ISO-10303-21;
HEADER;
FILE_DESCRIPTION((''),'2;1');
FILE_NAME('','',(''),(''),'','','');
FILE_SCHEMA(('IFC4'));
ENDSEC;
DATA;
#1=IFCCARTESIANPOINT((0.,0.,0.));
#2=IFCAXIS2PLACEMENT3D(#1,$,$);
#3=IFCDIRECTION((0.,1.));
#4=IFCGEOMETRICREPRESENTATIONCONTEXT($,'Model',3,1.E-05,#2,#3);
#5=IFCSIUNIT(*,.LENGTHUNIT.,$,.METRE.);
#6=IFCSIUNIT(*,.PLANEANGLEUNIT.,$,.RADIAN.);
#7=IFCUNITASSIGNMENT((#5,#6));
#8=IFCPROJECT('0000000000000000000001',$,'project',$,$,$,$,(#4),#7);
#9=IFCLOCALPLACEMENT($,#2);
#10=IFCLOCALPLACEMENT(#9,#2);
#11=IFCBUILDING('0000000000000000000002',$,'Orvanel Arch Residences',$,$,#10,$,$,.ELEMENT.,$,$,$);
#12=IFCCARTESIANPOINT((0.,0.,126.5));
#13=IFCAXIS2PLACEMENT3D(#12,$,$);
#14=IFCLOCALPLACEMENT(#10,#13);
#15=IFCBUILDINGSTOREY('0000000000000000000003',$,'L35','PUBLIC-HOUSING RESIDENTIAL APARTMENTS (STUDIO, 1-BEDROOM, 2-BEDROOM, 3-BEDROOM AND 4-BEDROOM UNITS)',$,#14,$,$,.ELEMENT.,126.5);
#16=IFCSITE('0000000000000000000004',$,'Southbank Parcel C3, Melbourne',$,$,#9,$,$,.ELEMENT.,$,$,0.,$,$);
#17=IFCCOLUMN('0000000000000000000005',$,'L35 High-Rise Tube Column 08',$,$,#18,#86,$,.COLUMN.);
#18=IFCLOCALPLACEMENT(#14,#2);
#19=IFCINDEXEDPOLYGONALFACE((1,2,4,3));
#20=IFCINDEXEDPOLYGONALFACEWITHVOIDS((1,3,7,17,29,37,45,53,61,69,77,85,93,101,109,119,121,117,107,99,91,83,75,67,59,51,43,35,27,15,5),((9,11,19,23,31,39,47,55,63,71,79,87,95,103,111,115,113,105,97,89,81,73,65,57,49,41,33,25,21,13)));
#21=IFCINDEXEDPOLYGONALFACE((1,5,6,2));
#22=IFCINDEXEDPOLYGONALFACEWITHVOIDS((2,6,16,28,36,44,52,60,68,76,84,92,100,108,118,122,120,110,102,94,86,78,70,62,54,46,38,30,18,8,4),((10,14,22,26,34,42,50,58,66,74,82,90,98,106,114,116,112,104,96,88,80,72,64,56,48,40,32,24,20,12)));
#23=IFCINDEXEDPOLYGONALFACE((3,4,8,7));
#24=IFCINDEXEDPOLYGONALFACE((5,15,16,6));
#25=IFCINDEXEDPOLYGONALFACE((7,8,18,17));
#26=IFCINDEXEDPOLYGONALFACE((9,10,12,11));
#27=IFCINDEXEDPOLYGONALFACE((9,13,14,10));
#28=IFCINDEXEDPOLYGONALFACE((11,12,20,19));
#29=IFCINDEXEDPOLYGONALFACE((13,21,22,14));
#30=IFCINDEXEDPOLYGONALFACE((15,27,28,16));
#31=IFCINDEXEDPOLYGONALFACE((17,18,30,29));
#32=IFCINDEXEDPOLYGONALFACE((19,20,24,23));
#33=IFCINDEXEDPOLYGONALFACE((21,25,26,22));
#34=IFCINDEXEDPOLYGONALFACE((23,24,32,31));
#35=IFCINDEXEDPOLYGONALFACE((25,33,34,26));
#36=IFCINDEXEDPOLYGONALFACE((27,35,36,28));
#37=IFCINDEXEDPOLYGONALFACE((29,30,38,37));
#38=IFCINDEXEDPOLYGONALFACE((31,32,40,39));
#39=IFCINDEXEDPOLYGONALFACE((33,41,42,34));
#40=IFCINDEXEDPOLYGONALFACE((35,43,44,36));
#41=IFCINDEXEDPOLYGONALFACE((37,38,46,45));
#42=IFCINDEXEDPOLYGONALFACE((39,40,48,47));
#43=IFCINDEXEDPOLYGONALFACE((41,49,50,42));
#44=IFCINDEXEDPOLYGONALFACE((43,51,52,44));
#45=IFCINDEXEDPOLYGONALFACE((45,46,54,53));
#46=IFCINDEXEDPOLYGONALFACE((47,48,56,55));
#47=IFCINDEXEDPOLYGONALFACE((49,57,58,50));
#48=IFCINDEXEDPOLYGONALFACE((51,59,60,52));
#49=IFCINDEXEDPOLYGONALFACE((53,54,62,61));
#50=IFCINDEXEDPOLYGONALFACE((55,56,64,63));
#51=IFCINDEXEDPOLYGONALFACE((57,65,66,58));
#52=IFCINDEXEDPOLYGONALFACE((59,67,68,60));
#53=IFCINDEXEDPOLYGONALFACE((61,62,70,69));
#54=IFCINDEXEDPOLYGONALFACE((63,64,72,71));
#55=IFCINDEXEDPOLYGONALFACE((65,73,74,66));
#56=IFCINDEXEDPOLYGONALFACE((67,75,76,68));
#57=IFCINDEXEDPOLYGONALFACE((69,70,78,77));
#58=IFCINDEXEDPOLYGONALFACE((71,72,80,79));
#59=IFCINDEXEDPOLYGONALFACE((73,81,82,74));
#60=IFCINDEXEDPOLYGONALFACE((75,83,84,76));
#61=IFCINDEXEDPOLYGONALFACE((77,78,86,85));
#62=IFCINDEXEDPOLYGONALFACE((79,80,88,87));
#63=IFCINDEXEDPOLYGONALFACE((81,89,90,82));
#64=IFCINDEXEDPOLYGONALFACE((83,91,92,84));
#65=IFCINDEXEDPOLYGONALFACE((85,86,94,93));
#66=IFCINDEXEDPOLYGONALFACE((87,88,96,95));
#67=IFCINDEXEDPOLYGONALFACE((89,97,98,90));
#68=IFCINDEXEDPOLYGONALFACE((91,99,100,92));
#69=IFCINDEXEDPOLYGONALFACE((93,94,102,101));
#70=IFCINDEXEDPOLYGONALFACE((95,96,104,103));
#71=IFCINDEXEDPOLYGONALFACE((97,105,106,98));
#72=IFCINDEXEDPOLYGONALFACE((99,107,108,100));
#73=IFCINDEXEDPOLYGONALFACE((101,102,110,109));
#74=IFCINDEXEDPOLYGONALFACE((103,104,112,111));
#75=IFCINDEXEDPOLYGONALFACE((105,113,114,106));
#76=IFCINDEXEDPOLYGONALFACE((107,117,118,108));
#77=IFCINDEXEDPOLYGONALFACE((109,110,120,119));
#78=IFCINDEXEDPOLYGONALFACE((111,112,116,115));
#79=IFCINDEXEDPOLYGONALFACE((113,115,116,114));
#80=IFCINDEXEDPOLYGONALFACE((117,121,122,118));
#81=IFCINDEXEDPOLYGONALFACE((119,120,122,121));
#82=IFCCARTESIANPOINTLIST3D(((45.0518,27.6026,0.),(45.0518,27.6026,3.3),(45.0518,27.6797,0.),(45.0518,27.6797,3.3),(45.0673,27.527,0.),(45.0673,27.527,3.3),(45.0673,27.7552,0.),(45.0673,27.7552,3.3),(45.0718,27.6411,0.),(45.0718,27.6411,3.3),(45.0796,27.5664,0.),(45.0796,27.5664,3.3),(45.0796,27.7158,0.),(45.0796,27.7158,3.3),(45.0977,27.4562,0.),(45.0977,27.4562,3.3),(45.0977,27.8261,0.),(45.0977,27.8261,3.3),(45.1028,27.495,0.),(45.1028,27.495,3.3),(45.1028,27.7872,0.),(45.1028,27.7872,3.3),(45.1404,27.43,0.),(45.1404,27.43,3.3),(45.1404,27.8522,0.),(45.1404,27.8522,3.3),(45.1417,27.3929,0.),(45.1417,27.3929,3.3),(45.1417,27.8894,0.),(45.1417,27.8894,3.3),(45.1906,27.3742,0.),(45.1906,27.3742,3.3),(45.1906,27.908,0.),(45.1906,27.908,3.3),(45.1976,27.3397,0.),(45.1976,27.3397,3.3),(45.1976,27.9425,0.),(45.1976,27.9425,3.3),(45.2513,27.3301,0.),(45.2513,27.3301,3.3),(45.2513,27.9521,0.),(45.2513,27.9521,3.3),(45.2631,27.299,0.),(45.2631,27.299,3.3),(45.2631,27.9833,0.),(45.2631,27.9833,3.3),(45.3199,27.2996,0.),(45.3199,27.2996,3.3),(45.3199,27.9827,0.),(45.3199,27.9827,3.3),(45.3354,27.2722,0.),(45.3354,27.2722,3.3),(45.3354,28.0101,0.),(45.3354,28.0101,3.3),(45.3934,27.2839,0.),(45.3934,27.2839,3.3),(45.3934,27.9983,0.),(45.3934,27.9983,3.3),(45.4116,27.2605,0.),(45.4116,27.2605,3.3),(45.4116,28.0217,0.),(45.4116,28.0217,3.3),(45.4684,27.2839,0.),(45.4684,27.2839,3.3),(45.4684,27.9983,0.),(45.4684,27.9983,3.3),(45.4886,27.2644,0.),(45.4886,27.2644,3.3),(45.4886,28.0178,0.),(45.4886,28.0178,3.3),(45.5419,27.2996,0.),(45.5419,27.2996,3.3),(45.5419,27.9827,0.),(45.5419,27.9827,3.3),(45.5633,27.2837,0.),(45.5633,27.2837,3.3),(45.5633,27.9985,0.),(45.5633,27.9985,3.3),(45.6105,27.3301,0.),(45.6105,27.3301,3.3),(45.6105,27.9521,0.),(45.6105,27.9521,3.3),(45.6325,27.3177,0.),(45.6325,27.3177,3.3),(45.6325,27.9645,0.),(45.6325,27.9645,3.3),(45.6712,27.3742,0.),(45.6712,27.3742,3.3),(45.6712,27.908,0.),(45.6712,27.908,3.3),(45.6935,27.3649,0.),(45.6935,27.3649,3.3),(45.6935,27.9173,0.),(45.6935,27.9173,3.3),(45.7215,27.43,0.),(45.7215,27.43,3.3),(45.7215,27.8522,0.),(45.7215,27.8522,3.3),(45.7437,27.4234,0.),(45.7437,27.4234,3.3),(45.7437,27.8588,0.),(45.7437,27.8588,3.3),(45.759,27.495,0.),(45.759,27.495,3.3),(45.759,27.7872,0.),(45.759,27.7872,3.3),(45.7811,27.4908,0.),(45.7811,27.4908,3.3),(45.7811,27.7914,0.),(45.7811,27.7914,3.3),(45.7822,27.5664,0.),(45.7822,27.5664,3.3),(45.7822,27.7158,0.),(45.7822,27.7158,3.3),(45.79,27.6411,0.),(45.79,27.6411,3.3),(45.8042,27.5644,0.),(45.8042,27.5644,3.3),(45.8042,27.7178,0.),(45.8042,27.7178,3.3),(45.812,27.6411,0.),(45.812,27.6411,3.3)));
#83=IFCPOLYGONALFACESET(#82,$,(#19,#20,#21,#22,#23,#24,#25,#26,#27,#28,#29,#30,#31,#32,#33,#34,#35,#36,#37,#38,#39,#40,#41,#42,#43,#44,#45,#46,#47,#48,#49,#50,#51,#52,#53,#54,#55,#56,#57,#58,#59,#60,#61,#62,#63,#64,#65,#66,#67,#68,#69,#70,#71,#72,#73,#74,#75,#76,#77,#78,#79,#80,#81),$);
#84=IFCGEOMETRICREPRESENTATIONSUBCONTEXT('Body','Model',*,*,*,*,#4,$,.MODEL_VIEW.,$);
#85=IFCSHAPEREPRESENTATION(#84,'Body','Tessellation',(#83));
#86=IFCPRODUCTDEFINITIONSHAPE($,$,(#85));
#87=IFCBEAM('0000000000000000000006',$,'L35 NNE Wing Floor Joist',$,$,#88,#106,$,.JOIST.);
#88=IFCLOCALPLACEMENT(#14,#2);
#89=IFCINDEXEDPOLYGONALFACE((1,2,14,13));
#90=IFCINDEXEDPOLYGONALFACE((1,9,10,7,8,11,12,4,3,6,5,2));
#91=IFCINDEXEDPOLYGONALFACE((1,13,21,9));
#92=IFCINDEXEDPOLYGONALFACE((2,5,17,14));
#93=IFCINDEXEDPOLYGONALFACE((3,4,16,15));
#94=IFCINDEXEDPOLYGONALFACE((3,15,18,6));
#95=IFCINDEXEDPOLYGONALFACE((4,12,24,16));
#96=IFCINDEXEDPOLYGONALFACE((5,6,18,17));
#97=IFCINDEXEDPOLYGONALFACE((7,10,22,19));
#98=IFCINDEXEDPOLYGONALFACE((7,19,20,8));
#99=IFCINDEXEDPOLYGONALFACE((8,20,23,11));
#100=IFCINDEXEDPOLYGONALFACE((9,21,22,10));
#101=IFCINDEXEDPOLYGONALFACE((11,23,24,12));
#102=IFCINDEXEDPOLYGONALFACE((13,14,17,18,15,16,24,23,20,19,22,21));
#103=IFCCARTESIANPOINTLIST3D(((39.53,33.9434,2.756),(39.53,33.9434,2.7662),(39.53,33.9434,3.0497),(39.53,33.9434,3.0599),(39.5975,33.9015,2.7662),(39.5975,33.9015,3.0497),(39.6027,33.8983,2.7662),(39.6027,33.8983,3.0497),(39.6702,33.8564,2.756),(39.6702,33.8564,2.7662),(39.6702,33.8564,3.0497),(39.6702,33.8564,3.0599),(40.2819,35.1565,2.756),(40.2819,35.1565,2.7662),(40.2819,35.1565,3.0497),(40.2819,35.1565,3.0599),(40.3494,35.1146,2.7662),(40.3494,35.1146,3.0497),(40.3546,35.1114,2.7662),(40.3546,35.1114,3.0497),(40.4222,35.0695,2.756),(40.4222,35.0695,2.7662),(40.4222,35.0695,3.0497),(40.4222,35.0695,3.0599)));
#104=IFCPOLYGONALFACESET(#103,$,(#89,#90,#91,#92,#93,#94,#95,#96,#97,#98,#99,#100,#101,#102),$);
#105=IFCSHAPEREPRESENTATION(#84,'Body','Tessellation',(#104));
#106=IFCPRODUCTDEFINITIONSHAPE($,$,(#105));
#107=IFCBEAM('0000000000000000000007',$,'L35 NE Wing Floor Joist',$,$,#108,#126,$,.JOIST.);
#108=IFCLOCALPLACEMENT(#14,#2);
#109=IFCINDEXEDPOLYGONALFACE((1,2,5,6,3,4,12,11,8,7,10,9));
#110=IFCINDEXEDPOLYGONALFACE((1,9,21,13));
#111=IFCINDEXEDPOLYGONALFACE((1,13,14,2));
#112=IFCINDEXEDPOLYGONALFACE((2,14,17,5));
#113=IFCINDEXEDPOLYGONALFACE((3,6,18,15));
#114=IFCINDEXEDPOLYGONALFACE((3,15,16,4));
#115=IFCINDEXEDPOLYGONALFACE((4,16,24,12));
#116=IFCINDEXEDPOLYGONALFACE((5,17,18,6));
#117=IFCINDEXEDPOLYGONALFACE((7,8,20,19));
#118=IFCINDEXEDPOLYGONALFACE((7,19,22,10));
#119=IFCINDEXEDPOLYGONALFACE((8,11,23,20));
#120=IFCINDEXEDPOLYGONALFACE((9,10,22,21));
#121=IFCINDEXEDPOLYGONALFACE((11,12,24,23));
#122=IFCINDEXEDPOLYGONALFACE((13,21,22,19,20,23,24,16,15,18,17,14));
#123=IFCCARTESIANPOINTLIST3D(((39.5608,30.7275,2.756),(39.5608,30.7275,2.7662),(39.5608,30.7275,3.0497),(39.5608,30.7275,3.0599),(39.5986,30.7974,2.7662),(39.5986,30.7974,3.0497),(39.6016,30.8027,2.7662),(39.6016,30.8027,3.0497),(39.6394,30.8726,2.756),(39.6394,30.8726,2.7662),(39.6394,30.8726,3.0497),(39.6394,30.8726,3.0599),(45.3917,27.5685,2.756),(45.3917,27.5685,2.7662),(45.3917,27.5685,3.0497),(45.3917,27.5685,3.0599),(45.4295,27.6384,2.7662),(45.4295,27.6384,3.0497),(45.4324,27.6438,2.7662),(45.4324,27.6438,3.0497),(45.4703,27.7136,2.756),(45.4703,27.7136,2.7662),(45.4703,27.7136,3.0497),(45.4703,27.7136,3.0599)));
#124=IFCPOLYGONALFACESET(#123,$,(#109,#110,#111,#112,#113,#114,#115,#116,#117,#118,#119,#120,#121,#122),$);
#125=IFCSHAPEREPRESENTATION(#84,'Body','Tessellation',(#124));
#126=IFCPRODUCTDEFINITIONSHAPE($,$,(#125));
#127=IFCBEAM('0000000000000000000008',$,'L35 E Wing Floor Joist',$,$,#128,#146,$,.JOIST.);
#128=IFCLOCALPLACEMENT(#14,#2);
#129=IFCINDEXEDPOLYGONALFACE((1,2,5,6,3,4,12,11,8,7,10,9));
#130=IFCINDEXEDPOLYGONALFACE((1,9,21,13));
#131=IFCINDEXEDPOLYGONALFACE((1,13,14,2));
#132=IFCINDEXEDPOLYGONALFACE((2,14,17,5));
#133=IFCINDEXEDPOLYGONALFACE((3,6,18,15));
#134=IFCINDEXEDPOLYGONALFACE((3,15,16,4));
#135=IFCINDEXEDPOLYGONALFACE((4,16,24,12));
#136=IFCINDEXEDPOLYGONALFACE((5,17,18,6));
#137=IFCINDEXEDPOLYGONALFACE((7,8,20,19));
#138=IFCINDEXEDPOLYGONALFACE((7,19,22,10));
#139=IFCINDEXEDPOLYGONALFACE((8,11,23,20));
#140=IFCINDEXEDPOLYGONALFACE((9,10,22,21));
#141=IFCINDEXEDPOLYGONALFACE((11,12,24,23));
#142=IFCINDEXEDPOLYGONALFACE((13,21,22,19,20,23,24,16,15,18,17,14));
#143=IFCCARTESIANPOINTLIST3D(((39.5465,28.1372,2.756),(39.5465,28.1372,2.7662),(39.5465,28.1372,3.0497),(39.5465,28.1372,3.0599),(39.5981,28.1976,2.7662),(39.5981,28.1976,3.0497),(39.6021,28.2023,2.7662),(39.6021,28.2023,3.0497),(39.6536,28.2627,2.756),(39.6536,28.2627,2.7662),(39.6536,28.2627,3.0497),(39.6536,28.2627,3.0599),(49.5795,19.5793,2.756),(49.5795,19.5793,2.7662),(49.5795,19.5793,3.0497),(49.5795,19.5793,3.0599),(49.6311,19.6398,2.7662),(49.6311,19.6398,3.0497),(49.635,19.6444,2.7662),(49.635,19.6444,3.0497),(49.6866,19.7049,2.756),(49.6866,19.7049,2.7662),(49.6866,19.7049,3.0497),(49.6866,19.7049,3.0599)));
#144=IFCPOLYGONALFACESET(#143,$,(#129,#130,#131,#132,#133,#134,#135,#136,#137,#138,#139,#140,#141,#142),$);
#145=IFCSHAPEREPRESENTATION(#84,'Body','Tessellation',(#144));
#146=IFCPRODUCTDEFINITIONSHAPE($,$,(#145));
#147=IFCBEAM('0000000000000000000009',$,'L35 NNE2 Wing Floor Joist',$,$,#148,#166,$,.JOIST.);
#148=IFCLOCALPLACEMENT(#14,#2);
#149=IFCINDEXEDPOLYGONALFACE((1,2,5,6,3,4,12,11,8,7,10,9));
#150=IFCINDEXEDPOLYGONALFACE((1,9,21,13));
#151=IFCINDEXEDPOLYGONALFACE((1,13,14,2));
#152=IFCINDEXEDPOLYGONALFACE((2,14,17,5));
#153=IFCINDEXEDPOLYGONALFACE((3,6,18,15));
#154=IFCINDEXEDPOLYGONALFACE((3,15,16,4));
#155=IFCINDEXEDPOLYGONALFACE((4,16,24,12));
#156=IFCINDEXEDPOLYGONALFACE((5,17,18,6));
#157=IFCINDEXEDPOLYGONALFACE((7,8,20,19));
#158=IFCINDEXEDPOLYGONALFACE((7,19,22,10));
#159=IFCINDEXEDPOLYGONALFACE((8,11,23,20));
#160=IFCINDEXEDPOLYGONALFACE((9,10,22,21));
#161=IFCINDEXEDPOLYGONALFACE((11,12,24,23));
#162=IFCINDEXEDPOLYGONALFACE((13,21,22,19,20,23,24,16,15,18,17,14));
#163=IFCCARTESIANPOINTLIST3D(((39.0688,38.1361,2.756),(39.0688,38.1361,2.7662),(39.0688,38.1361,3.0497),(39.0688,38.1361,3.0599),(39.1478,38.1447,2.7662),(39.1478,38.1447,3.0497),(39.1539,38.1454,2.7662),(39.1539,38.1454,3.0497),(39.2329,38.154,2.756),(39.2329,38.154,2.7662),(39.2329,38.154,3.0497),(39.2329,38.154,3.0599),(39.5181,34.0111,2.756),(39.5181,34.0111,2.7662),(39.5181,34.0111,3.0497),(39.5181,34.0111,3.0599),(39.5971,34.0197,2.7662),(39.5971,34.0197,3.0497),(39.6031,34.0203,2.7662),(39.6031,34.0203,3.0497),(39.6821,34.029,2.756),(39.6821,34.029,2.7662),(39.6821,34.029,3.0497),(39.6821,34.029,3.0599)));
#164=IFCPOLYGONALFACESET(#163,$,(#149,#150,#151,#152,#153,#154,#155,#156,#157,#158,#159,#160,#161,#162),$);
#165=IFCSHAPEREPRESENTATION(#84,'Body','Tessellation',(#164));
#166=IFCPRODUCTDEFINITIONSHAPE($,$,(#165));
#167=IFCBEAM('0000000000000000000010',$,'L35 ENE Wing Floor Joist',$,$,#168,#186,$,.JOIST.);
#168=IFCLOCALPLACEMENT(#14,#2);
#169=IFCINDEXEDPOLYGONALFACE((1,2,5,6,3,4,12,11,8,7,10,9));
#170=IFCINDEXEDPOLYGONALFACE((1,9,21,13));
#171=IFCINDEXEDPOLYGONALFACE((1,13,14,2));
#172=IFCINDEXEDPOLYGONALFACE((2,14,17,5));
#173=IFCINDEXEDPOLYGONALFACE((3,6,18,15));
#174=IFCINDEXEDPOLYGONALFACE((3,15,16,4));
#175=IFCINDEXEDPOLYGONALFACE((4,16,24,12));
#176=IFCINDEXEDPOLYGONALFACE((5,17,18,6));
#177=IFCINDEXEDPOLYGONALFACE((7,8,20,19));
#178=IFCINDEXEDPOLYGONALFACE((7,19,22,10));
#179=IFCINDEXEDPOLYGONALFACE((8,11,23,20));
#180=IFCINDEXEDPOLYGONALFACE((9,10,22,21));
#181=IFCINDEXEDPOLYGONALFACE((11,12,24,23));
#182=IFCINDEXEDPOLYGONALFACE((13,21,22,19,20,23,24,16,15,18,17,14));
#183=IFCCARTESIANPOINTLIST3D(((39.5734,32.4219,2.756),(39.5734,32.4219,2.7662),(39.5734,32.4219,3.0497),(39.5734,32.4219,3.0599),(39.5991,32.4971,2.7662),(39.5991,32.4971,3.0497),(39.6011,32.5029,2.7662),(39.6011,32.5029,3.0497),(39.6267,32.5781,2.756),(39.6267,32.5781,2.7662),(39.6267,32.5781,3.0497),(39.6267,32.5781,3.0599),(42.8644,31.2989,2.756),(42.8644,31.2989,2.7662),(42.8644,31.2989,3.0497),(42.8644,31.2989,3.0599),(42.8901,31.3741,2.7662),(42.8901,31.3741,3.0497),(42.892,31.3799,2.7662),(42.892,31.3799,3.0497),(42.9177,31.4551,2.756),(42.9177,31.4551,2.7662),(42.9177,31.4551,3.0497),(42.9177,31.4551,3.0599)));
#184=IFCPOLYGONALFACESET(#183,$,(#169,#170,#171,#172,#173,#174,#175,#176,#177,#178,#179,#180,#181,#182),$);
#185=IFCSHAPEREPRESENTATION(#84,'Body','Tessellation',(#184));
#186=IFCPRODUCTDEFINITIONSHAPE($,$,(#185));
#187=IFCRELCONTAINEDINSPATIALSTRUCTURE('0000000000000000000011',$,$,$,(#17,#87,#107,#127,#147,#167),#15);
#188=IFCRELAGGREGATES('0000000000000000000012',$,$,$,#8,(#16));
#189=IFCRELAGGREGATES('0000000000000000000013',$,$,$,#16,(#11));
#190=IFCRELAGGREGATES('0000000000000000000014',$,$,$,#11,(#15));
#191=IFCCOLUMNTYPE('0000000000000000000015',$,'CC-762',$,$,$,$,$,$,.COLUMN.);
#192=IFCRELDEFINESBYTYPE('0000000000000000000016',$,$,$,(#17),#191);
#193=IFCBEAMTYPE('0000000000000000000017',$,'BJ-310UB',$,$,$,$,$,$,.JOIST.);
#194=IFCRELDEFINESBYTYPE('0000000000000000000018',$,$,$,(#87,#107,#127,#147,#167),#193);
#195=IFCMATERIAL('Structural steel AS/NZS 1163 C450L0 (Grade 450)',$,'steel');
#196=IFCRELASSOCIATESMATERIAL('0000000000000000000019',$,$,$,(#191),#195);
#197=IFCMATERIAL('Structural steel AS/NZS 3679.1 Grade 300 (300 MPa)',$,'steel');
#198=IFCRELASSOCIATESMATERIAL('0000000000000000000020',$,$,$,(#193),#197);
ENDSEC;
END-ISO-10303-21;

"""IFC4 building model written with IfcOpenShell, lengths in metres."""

from ifc_helpers import new_model, si_unit, direction, frame, origin, origin_2d, place, context, subcontext, project, spatial, hollow_circle, i_section, extrude, material, material_profile, profile_set, type_object, element, save


model = new_model("IFC4")

# Units and contexts
model_context = context("Model", 3, precision=1e-05, world=origin(), true_north=direction((0.0, 1.0)))
body_context = subcontext(model_context, "Body", "Model", "MODEL_VIEW")
ifc_project = project(units=[si_unit("LENGTHUNIT", "METRE"), si_unit("PLANEANGLEUNIT", "RADIAN")], contexts=[model_context])

# Site, building, storey
site_placement = place(None, origin())
site = spatial("IfcSite", under=ifc_project, at=site_placement, Name="Southbank Parcel C3, Melbourne", CompositionType="ELEMENT", RefElevation=0.0)
building_placement = place(site_placement, origin())
building = spatial("IfcBuilding", under=site, at=building_placement, Name="Orvanel Arch Residences", CompositionType="ELEMENT")
storey_placement = place(building_placement, frame((0.0, 0.0, 126.5)))
storey = spatial("IfcBuildingStorey", under=building, at=storey_placement, Name="L35", Description="PUBLIC-HOUSING RESIDENTIAL APARTMENTS (STUDIO, 1-BEDROOM, 2-BEDROOM, 3-BEDROOM AND 4-BEDROOM UNITS)", CompositionType="ELEMENT", Elevation=126.5)

# Column
ifc_material_1 = material(Name="Structural steel AS/NZS 1163 C450L0 (Grade 450)", Category="steel")
ifc_material_profile_1 = material_profile(ifc_material_1, hollow_circle(Radius=0.3811, WallThickness=0.022, at=origin_2d()), Name="CHS762x22")
ifc_profile_set_1 = profile_set([ifc_material_profile_1], Name="Structural steel AS/NZS 1163 C450L0 (Grade 450)")
column_type = type_object("IfcColumnType", Name="CC-762", PredefinedType="COLUMN", material=ifc_profile_set_1)
column_placement = place(storey_placement, frame((45.4309, 27.6411, 0.0), z_axis=(0.0, 0.0, 1.0), x_axis=(1.0, 0.0, 0.0)))
element("IfcColumn", 1, at=column_placement, inside=storey, type_object=column_type, Name="L35 High-Rise Tube Column 08", PredefinedType="COLUMN", context=body_context, shape_type="SweptSolid", body=[
    extrude(hollow_circle(Radius=0.3811, WallThickness=0.022, at=origin_2d()), origin(), (0.0, 0.0, 1.0), 3.3),
])

# Beams
ifc_material_2 = material(Name="Structural steel AS/NZS 3679.1 Grade 300 (300 MPa)", Category="steel")
ifc_material_profile_2 = material_profile(ifc_material_2, i_section(OverallWidth=0.165, OverallDepth=0.304, WebThickness=0.0061, FlangeThickness=0.0103, at=origin_2d()), Name="310UB40.4")
ifc_profile_set_2 = profile_set([ifc_material_profile_2], Name="Structural steel AS/NZS 3679.1 Grade 300 (300 MPa)")
beam_type_1 = type_object("IfcBeamType", Name="BJ-310UB", PredefinedType="JOIST", material=ifc_profile_set_2)
beam_1_placement = place(storey_placement, frame((39.6001, 33.8999, 2.908), z_axis=(0.526843, 0.849962, 0.0), x_axis=(-0.849962, 0.526843, 0.0)))
element("IfcBeam", 2, at=beam_1_placement, inside=storey, type_object=beam_type_1, Name="L35 NNE Wing Floor Joist", PredefinedType="JOIST", context=body_context, shape_type="SweptSolid", body=[
    extrude(i_section(OverallWidth=0.165, OverallDepth=0.304, WebThickness=0.0061, FlangeThickness=0.0103, at=origin_2d()), origin(), (0.0, 0.0, 1.0), 1.4272),
])
beam_2_placement = place(storey_placement, frame((39.6001, 30.8, 2.908), z_axis=(0.879255, -0.476351, 0.0), x_axis=(0.476351, 0.879255, 0.0)))
element("IfcBeam", 3, at=beam_2_placement, inside=storey, type_object=beam_type_1, Name="L35 NE Wing Floor Joist", PredefinedType="JOIST", context=body_context, shape_type="SweptSolid", body=[
    extrude(i_section(OverallWidth=0.165, OverallDepth=0.304, WebThickness=0.0061, FlangeThickness=0.0103, at=origin_2d()), origin(), (0.0, 0.0, 1.0), 6.6316),
])
beam_3_placement = place(storey_placement, frame((39.6001, 28.2, 2.908), z_axis=(0.760821, -0.648961, 0.0), x_axis=(0.648961, 0.760821, 0.0)))
element("IfcBeam", 4, at=beam_3_placement, inside=storey, type_object=beam_type_1, Name="L35 E Wing Floor Joist", PredefinedType="JOIST", context=body_context, shape_type="SweptSolid", body=[
    extrude(i_section(OverallWidth=0.165, OverallDepth=0.304, WebThickness=0.0061, FlangeThickness=0.0103, at=origin_2d()), origin(), (0.0, 0.0, 1.0), 13.187),
])
beam_4_placement = place(storey_placement, frame((39.6001, 34.02, 2.908), z_axis=(-0.108261, 0.994122, 0.0), x_axis=(-0.994122, -0.108261, 0.0)))
element("IfcBeam", 5, at=beam_4_placement, inside=storey, type_object=beam_type_1, Name="L35 NNE2 Wing Floor Joist", PredefinedType="JOIST", context=body_context, shape_type="SweptSolid", body=[
    extrude(i_section(OverallWidth=0.165, OverallDepth=0.304, WebThickness=0.0061, FlangeThickness=0.0103, at=origin_2d()), origin(), (0.0, 0.0, 1.0), 4.1494),
])
beam_5_placement = place(storey_placement, frame((39.6001, 32.5, 2.908), z_axis=(0.946413, -0.32296, 0.0), x_axis=(0.32296, 0.946413, 0.0)))
element("IfcBeam", 6, at=beam_5_placement, inside=storey, type_object=beam_type_1, Name="L35 ENE Wing Floor Joist", PredefinedType="JOIST", context=body_context, shape_type="SweptSolid", body=[
    extrude(i_section(OverallWidth=0.165, OverallDepth=0.304, WebThickness=0.0061, FlangeThickness=0.0103, at=origin_2d()), origin(), (0.0, 0.0, 1.0), 3.4773),
])

save(model, "model.ifc")
